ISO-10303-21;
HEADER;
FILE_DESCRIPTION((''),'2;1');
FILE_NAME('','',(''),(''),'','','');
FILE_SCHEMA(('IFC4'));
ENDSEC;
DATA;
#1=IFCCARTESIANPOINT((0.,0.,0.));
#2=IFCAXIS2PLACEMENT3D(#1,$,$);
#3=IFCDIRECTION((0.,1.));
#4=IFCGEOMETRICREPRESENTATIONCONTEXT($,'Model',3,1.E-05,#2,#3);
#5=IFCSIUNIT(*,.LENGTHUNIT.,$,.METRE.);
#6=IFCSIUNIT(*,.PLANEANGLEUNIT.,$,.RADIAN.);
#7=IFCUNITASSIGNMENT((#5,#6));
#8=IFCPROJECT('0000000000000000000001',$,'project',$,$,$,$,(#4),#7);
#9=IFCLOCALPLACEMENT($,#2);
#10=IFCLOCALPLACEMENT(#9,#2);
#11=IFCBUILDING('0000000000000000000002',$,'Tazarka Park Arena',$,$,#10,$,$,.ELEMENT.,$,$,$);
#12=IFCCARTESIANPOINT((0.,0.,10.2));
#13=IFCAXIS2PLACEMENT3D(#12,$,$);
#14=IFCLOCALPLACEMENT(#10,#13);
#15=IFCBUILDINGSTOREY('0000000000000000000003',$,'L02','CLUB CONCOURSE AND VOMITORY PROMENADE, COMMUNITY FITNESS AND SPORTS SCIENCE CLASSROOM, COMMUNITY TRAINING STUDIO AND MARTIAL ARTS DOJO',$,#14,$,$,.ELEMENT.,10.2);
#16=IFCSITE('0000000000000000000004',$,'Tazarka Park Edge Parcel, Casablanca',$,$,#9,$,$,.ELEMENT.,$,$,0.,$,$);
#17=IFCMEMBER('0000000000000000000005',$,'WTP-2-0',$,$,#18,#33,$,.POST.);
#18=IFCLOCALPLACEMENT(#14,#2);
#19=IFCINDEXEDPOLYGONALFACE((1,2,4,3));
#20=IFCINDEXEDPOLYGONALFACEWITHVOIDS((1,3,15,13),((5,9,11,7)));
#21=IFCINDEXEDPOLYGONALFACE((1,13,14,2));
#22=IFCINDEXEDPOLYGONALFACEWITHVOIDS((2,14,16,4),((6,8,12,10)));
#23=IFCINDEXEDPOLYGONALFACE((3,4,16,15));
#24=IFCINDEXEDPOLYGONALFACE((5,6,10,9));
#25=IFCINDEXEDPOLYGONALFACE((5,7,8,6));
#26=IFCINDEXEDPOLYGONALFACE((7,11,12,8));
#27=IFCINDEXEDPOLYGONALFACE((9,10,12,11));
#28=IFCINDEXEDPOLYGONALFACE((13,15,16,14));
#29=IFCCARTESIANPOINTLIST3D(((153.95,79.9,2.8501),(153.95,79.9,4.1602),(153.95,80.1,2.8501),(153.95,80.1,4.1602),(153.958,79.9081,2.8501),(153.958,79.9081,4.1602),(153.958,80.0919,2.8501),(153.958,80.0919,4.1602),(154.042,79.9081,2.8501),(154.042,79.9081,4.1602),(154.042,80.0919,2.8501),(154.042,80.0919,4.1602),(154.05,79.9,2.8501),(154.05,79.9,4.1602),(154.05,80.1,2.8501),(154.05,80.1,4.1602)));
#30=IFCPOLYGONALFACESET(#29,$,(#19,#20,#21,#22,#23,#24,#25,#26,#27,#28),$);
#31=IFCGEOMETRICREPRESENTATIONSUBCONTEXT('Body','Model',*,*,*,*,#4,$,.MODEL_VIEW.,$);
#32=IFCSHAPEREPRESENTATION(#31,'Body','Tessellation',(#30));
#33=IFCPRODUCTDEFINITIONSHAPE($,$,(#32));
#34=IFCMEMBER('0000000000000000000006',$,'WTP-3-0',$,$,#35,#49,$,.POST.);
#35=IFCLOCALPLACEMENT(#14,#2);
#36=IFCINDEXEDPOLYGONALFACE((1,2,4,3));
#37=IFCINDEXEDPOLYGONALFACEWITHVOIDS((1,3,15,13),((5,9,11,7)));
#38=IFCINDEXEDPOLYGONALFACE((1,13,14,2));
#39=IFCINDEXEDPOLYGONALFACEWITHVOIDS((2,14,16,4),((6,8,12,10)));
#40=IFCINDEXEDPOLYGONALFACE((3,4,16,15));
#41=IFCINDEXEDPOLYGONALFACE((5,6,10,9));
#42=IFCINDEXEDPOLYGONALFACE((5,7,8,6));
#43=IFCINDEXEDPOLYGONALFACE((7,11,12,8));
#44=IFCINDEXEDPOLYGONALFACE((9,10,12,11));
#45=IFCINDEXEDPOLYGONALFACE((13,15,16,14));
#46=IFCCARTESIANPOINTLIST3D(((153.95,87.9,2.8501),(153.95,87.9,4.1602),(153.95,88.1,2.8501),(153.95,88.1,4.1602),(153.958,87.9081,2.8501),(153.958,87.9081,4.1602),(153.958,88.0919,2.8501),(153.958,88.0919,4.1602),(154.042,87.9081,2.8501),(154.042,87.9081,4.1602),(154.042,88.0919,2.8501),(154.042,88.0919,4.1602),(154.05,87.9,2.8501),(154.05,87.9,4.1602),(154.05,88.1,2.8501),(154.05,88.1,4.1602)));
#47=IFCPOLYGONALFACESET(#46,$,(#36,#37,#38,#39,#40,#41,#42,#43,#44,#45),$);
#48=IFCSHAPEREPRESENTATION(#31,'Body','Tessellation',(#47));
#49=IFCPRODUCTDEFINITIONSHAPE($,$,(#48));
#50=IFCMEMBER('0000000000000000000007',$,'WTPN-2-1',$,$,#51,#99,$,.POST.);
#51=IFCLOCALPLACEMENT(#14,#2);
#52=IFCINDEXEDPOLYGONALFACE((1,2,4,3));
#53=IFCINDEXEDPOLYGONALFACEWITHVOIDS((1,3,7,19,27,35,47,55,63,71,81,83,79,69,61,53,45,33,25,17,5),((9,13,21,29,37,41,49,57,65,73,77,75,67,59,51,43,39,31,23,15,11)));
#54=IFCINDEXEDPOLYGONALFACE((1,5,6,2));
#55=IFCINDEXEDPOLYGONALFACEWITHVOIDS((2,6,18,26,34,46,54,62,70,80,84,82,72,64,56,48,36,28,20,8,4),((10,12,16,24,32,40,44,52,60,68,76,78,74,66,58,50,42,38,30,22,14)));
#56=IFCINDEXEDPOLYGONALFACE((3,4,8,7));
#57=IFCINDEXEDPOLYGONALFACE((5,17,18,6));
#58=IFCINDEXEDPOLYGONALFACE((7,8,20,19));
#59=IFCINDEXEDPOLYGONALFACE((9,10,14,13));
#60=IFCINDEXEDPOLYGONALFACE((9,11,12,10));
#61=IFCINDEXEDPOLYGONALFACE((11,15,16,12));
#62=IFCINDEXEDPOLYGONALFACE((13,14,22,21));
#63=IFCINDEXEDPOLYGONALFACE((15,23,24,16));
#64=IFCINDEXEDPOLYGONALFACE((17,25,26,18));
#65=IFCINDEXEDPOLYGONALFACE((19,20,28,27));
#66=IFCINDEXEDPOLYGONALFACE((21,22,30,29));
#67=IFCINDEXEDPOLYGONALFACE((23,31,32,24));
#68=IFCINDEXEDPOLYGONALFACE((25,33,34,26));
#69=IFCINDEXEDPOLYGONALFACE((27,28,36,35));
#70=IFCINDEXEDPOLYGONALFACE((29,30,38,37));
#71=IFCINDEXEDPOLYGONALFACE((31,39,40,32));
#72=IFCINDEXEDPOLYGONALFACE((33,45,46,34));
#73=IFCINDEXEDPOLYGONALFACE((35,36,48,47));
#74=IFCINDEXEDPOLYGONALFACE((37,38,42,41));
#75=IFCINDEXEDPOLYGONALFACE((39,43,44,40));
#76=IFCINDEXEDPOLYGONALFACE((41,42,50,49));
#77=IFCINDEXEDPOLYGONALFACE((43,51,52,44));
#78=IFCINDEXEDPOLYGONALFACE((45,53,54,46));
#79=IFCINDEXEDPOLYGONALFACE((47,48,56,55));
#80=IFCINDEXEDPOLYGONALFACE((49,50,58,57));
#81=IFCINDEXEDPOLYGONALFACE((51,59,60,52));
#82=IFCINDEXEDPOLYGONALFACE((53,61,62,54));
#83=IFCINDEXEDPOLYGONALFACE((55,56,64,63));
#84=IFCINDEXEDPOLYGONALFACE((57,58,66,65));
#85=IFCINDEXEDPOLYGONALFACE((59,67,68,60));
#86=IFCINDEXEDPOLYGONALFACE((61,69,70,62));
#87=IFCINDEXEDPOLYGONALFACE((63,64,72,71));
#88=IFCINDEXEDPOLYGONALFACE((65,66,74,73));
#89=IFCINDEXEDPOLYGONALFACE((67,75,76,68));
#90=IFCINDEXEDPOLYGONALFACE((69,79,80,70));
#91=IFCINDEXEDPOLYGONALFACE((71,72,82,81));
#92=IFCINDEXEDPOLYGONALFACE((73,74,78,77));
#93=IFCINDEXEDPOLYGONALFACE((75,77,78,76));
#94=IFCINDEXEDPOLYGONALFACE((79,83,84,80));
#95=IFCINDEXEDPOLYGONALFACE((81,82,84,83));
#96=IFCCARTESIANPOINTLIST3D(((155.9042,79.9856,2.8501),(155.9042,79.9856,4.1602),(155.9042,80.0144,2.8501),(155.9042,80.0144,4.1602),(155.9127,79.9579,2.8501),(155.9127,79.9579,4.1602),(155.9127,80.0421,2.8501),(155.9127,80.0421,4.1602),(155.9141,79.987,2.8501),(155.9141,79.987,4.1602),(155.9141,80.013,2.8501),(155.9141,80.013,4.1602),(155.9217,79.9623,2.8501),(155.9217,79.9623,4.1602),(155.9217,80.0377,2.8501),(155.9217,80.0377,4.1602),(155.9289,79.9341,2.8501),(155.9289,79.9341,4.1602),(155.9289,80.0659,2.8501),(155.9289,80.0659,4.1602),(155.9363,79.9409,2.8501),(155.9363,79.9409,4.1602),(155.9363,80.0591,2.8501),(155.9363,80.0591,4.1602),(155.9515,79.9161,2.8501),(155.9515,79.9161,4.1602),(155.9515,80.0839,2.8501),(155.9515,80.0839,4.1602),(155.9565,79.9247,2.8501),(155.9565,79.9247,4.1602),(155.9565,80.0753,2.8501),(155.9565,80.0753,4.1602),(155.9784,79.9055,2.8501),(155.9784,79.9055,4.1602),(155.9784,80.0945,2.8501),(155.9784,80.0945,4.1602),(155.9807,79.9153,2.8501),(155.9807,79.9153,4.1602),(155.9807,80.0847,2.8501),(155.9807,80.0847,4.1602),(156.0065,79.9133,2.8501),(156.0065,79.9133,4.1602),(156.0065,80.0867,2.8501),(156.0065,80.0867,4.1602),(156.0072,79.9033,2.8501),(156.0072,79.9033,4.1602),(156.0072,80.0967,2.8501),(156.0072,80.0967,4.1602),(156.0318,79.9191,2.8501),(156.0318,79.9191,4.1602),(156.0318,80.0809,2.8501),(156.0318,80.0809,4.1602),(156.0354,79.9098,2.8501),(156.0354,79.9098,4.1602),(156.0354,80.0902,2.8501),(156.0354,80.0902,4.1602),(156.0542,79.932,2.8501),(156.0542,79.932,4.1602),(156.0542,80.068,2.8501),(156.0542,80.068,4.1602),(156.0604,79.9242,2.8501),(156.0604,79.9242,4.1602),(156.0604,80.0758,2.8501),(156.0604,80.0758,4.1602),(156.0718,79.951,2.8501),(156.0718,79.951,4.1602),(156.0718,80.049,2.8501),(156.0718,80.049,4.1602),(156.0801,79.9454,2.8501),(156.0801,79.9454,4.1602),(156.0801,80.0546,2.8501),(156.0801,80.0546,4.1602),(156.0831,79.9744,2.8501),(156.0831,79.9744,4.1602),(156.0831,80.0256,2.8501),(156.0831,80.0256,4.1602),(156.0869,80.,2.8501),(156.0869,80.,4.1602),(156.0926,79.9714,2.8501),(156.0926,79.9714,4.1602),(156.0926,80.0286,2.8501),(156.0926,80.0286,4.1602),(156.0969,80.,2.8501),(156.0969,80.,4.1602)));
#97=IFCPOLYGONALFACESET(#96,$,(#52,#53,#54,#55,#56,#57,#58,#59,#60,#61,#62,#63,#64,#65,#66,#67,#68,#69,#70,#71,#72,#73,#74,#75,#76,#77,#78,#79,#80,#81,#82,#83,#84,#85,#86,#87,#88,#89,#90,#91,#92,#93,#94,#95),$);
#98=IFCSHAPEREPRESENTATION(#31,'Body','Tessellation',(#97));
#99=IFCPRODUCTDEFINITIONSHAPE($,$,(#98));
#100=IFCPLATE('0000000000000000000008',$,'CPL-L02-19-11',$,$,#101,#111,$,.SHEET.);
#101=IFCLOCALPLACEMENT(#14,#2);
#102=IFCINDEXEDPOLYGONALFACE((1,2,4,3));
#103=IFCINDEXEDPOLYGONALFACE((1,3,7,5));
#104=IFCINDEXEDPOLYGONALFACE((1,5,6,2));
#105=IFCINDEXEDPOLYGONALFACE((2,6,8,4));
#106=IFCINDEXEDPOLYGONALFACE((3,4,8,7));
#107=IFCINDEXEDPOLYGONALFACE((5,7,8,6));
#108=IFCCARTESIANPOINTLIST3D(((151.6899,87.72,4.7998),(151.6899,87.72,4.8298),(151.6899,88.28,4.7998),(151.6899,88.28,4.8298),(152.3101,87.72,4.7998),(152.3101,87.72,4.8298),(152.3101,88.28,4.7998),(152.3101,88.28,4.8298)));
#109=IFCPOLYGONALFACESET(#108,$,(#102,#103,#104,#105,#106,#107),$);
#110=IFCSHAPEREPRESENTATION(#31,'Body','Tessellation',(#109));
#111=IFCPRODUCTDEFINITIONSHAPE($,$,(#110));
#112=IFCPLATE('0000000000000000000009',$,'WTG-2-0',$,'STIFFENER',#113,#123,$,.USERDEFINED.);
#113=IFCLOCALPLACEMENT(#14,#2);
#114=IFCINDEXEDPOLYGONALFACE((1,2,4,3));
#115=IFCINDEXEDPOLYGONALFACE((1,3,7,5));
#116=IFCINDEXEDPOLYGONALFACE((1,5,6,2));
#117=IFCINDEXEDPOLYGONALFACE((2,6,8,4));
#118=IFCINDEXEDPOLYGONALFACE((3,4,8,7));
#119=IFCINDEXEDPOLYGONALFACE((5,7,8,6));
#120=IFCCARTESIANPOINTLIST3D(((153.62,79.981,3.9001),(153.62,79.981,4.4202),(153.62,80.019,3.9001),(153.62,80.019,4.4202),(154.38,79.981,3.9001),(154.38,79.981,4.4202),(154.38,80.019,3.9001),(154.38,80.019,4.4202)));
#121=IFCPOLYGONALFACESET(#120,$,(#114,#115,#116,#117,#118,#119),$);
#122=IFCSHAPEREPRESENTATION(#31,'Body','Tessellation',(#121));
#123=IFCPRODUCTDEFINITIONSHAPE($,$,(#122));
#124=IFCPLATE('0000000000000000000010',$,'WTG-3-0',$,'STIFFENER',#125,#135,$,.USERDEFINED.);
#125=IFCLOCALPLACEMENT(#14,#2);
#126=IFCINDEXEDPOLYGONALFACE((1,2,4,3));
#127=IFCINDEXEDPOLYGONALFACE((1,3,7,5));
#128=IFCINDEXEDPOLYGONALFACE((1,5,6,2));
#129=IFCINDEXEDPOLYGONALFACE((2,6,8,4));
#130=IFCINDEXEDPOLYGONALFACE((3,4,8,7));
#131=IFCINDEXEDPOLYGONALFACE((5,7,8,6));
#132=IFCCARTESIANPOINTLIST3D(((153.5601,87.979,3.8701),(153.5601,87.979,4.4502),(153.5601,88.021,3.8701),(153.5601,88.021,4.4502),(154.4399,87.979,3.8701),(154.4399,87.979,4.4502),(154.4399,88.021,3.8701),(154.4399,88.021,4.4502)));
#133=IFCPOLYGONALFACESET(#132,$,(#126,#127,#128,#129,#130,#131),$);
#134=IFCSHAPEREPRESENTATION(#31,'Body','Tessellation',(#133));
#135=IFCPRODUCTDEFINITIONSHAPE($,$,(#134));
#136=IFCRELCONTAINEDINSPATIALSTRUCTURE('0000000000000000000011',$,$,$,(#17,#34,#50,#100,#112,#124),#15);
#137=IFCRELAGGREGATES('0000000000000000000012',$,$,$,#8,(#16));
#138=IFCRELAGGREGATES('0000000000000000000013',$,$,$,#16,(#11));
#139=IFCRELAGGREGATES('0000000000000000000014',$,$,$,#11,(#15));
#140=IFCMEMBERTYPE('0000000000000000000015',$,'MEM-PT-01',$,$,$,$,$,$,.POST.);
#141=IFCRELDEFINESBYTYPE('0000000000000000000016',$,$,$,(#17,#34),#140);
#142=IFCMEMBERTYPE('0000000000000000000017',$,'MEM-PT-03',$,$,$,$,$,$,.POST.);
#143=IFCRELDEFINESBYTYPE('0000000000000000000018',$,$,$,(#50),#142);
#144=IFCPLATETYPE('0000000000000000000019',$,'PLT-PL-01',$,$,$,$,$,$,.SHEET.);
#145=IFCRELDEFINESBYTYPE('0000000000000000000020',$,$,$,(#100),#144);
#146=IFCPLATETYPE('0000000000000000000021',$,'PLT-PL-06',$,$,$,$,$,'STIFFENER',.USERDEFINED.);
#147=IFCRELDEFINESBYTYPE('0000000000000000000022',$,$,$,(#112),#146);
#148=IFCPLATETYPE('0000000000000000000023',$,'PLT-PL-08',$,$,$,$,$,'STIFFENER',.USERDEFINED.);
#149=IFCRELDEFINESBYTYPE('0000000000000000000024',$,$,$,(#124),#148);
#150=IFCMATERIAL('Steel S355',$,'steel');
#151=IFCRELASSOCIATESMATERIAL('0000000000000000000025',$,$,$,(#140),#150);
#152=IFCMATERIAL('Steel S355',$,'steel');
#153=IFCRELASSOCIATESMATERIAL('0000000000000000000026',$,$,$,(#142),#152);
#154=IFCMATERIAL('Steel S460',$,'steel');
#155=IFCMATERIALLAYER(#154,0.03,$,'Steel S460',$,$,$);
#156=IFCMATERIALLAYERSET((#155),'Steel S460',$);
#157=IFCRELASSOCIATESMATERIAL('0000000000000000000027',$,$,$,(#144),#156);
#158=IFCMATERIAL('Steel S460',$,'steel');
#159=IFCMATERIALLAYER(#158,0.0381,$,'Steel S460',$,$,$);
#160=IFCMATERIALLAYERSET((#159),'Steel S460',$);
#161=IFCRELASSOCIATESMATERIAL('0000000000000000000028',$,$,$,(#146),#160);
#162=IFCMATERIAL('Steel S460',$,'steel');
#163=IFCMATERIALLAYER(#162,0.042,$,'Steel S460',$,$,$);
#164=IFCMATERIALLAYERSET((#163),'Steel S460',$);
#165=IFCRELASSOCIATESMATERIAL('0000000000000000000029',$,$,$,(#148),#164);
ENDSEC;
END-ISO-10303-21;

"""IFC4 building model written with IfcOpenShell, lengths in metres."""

from ifc_helpers import new_model, si_unit, direction, frame, origin, origin_2d, place, context, subcontext, project, spatial, rectangle, hollow_rectangle, hollow_circle, extrude, material, layer, layer_set, material_profile, profile_set, type_object, element, save


model = new_model("IFC4")

# Units and contexts
model_context = context("Model", 3, precision=1e-05, world=origin(), true_north=direction((0.0, 1.0)))
body_context = subcontext(model_context, "Body", "Model", "MODEL_VIEW")
ifc_project = project(units=[si_unit("LENGTHUNIT", "METRE"), si_unit("PLANEANGLEUNIT", "RADIAN")], contexts=[model_context])

# Site, building, storey
site_placement = place(None, origin())
site = spatial("IfcSite", under=ifc_project, at=site_placement, Name="Tazarka Park Edge Parcel, Casablanca", CompositionType="ELEMENT", RefElevation=0.0)
building_placement = place(site_placement, origin())
building = spatial("IfcBuilding", under=site, at=building_placement, Name="Tazarka Park Arena", CompositionType="ELEMENT")
storey_placement = place(building_placement, frame((0.0, 0.0, 10.2)))
storey = spatial("IfcBuildingStorey", under=building, at=storey_placement, Name="L02", Description="CLUB CONCOURSE AND VOMITORY PROMENADE, COMMUNITY FITNESS AND SPORTS SCIENCE CLASSROOM, COMMUNITY TRAINING STUDIO AND MARTIAL ARTS DOJO", CompositionType="ELEMENT", Elevation=10.2)

# Members
ifc_material_1 = material(Name="Steel S355", Category="steel")
ifc_material_profile_1 = material_profile(ifc_material_1, hollow_rectangle(XDim=0.1001, YDim=0.2, WallThickness=0.0081, at=origin_2d()), Name="Steel S355")
ifc_profile_set_1 = profile_set([ifc_material_profile_1], Name="Steel S355")
member_type_1 = type_object("IfcMemberType", Name="MEM-PT-01", PredefinedType="POST", material=ifc_profile_set_1)
for number, where, z_axis, x_axis, name in (
    (1, (154.0, 80.0, 2.8501), (0.0, 0.0, 1.0), (1.0, 0.0, 0.0), "WTP-2-0"),
    (2, (154.0, 88.0, 2.8501), (0.0, 0.0, 1.0), (1.0, 0.0, 0.0), "WTP-3-0"),
):
    element("IfcMember", number, at=place(storey_placement, frame(where, z_axis=z_axis, x_axis=x_axis)), inside=storey, type_object=member_type_1, Name=name, PredefinedType="POST", context=body_context, shape_type="SweptSolid", body=[
        extrude(hollow_rectangle(XDim=0.1001, YDim=0.2, WallThickness=0.0081, at=origin_2d()), origin(), (0.0, 0.0, 1.0), 1.3101),
    ])
ifc_material_2 = material(Name="Steel S355", Category="steel")
ifc_material_profile_2 = material_profile(ifc_material_2, hollow_circle(Radius=0.0969, WallThickness=0.01, at=origin_2d()), Name="Steel S355")
ifc_profile_set_2 = profile_set([ifc_material_profile_2], Name="Steel S355")
member_type_2 = type_object("IfcMemberType", Name="MEM-PT-03", PredefinedType="POST", material=ifc_profile_set_2)
member_placement = place(storey_placement, frame((156.0, 80.0, 2.8501), z_axis=(0.0, 0.0, 1.0), x_axis=(1.0, 0.0, 0.0)))
element("IfcMember", 3, at=member_placement, inside=storey, type_object=member_type_2, Name="WTPN-2-1", PredefinedType="POST", context=body_context, shape_type="SweptSolid", body=[
    extrude(hollow_circle(Radius=0.0969, WallThickness=0.01, at=origin_2d()), origin(), (0.0, 0.0, 1.0), 1.3101),
])

# Plates
ifc_material_3 = material(Name="Steel S460", Category="steel")
ifc_layer_1 = layer(ifc_material_3, 0.03, Name="Steel S460")
ifc_layer_set_1 = layer_set([ifc_layer_1], Name="Steel S460")
plate_type_1 = type_object("IfcPlateType", Name="PLT-PL-01", PredefinedType="SHEET", material=ifc_layer_set_1)
plate_1_placement = place(storey_placement, frame((152.0, 88.0, 4.7998), z_axis=(0.0, 0.0, 1.0), x_axis=(1.0, 0.0, 0.0)))
element("IfcPlate", 4, at=plate_1_placement, inside=storey, type_object=plate_type_1, Name="CPL-L02-19-11", PredefinedType="SHEET", context=body_context, shape_type="SweptSolid", body=[
    extrude(rectangle(XDim=0.6201, YDim=0.5601, at=origin_2d()), origin(), (0.0, 0.0, 1.0), 0.03),
])
ifc_material_4 = material(Name="Steel S460", Category="steel")
ifc_layer_2 = layer(ifc_material_4, 0.0381, Name="Steel S460")
ifc_layer_set_2 = layer_set([ifc_layer_2], Name="Steel S460")
plate_type_2 = type_object("IfcPlateType", Name="PLT-PL-06", ElementType="STIFFENER", PredefinedType="USERDEFINED", material=ifc_layer_set_2)
plate_2_placement = place(storey_placement, frame((154.0, 80.0, 3.9001), z_axis=(0.0, 0.0, 1.0), x_axis=(1.0, 0.0, 0.0)))
element("IfcPlate", 5, at=plate_2_placement, inside=storey, type_object=plate_type_2, Name="WTG-2-0", ObjectType="STIFFENER", PredefinedType="USERDEFINED", context=body_context, shape_type="SweptSolid", body=[
    extrude(rectangle(XDim=0.76, YDim=0.0381, at=origin_2d()), origin(), (0.0, 0.0, 1.0), 0.52),
])
ifc_material_5 = material(Name="Steel S460", Category="steel")
ifc_layer_3 = layer(ifc_material_5, 0.042, Name="Steel S460")
ifc_layer_set_3 = layer_set([ifc_layer_3], Name="Steel S460")
plate_type_3 = type_object("IfcPlateType", Name="PLT-PL-08", ElementType="STIFFENER", PredefinedType="USERDEFINED", material=ifc_layer_set_3)
plate_3_placement = place(storey_placement, frame((154.0, 88.0, 3.8701), z_axis=(0.0, 0.0, 1.0), x_axis=(1.0, 0.0, 0.0)))
element("IfcPlate", 6, at=plate_3_placement, inside=storey, type_object=plate_type_3, Name="WTG-3-0", ObjectType="STIFFENER", PredefinedType="USERDEFINED", context=body_context, shape_type="SweptSolid", body=[
    extrude(rectangle(XDim=0.8799, YDim=0.042, at=origin_2d()), origin(), (0.0, 0.0, 1.0), 0.5801),
])

save(model, "model.ifc")
